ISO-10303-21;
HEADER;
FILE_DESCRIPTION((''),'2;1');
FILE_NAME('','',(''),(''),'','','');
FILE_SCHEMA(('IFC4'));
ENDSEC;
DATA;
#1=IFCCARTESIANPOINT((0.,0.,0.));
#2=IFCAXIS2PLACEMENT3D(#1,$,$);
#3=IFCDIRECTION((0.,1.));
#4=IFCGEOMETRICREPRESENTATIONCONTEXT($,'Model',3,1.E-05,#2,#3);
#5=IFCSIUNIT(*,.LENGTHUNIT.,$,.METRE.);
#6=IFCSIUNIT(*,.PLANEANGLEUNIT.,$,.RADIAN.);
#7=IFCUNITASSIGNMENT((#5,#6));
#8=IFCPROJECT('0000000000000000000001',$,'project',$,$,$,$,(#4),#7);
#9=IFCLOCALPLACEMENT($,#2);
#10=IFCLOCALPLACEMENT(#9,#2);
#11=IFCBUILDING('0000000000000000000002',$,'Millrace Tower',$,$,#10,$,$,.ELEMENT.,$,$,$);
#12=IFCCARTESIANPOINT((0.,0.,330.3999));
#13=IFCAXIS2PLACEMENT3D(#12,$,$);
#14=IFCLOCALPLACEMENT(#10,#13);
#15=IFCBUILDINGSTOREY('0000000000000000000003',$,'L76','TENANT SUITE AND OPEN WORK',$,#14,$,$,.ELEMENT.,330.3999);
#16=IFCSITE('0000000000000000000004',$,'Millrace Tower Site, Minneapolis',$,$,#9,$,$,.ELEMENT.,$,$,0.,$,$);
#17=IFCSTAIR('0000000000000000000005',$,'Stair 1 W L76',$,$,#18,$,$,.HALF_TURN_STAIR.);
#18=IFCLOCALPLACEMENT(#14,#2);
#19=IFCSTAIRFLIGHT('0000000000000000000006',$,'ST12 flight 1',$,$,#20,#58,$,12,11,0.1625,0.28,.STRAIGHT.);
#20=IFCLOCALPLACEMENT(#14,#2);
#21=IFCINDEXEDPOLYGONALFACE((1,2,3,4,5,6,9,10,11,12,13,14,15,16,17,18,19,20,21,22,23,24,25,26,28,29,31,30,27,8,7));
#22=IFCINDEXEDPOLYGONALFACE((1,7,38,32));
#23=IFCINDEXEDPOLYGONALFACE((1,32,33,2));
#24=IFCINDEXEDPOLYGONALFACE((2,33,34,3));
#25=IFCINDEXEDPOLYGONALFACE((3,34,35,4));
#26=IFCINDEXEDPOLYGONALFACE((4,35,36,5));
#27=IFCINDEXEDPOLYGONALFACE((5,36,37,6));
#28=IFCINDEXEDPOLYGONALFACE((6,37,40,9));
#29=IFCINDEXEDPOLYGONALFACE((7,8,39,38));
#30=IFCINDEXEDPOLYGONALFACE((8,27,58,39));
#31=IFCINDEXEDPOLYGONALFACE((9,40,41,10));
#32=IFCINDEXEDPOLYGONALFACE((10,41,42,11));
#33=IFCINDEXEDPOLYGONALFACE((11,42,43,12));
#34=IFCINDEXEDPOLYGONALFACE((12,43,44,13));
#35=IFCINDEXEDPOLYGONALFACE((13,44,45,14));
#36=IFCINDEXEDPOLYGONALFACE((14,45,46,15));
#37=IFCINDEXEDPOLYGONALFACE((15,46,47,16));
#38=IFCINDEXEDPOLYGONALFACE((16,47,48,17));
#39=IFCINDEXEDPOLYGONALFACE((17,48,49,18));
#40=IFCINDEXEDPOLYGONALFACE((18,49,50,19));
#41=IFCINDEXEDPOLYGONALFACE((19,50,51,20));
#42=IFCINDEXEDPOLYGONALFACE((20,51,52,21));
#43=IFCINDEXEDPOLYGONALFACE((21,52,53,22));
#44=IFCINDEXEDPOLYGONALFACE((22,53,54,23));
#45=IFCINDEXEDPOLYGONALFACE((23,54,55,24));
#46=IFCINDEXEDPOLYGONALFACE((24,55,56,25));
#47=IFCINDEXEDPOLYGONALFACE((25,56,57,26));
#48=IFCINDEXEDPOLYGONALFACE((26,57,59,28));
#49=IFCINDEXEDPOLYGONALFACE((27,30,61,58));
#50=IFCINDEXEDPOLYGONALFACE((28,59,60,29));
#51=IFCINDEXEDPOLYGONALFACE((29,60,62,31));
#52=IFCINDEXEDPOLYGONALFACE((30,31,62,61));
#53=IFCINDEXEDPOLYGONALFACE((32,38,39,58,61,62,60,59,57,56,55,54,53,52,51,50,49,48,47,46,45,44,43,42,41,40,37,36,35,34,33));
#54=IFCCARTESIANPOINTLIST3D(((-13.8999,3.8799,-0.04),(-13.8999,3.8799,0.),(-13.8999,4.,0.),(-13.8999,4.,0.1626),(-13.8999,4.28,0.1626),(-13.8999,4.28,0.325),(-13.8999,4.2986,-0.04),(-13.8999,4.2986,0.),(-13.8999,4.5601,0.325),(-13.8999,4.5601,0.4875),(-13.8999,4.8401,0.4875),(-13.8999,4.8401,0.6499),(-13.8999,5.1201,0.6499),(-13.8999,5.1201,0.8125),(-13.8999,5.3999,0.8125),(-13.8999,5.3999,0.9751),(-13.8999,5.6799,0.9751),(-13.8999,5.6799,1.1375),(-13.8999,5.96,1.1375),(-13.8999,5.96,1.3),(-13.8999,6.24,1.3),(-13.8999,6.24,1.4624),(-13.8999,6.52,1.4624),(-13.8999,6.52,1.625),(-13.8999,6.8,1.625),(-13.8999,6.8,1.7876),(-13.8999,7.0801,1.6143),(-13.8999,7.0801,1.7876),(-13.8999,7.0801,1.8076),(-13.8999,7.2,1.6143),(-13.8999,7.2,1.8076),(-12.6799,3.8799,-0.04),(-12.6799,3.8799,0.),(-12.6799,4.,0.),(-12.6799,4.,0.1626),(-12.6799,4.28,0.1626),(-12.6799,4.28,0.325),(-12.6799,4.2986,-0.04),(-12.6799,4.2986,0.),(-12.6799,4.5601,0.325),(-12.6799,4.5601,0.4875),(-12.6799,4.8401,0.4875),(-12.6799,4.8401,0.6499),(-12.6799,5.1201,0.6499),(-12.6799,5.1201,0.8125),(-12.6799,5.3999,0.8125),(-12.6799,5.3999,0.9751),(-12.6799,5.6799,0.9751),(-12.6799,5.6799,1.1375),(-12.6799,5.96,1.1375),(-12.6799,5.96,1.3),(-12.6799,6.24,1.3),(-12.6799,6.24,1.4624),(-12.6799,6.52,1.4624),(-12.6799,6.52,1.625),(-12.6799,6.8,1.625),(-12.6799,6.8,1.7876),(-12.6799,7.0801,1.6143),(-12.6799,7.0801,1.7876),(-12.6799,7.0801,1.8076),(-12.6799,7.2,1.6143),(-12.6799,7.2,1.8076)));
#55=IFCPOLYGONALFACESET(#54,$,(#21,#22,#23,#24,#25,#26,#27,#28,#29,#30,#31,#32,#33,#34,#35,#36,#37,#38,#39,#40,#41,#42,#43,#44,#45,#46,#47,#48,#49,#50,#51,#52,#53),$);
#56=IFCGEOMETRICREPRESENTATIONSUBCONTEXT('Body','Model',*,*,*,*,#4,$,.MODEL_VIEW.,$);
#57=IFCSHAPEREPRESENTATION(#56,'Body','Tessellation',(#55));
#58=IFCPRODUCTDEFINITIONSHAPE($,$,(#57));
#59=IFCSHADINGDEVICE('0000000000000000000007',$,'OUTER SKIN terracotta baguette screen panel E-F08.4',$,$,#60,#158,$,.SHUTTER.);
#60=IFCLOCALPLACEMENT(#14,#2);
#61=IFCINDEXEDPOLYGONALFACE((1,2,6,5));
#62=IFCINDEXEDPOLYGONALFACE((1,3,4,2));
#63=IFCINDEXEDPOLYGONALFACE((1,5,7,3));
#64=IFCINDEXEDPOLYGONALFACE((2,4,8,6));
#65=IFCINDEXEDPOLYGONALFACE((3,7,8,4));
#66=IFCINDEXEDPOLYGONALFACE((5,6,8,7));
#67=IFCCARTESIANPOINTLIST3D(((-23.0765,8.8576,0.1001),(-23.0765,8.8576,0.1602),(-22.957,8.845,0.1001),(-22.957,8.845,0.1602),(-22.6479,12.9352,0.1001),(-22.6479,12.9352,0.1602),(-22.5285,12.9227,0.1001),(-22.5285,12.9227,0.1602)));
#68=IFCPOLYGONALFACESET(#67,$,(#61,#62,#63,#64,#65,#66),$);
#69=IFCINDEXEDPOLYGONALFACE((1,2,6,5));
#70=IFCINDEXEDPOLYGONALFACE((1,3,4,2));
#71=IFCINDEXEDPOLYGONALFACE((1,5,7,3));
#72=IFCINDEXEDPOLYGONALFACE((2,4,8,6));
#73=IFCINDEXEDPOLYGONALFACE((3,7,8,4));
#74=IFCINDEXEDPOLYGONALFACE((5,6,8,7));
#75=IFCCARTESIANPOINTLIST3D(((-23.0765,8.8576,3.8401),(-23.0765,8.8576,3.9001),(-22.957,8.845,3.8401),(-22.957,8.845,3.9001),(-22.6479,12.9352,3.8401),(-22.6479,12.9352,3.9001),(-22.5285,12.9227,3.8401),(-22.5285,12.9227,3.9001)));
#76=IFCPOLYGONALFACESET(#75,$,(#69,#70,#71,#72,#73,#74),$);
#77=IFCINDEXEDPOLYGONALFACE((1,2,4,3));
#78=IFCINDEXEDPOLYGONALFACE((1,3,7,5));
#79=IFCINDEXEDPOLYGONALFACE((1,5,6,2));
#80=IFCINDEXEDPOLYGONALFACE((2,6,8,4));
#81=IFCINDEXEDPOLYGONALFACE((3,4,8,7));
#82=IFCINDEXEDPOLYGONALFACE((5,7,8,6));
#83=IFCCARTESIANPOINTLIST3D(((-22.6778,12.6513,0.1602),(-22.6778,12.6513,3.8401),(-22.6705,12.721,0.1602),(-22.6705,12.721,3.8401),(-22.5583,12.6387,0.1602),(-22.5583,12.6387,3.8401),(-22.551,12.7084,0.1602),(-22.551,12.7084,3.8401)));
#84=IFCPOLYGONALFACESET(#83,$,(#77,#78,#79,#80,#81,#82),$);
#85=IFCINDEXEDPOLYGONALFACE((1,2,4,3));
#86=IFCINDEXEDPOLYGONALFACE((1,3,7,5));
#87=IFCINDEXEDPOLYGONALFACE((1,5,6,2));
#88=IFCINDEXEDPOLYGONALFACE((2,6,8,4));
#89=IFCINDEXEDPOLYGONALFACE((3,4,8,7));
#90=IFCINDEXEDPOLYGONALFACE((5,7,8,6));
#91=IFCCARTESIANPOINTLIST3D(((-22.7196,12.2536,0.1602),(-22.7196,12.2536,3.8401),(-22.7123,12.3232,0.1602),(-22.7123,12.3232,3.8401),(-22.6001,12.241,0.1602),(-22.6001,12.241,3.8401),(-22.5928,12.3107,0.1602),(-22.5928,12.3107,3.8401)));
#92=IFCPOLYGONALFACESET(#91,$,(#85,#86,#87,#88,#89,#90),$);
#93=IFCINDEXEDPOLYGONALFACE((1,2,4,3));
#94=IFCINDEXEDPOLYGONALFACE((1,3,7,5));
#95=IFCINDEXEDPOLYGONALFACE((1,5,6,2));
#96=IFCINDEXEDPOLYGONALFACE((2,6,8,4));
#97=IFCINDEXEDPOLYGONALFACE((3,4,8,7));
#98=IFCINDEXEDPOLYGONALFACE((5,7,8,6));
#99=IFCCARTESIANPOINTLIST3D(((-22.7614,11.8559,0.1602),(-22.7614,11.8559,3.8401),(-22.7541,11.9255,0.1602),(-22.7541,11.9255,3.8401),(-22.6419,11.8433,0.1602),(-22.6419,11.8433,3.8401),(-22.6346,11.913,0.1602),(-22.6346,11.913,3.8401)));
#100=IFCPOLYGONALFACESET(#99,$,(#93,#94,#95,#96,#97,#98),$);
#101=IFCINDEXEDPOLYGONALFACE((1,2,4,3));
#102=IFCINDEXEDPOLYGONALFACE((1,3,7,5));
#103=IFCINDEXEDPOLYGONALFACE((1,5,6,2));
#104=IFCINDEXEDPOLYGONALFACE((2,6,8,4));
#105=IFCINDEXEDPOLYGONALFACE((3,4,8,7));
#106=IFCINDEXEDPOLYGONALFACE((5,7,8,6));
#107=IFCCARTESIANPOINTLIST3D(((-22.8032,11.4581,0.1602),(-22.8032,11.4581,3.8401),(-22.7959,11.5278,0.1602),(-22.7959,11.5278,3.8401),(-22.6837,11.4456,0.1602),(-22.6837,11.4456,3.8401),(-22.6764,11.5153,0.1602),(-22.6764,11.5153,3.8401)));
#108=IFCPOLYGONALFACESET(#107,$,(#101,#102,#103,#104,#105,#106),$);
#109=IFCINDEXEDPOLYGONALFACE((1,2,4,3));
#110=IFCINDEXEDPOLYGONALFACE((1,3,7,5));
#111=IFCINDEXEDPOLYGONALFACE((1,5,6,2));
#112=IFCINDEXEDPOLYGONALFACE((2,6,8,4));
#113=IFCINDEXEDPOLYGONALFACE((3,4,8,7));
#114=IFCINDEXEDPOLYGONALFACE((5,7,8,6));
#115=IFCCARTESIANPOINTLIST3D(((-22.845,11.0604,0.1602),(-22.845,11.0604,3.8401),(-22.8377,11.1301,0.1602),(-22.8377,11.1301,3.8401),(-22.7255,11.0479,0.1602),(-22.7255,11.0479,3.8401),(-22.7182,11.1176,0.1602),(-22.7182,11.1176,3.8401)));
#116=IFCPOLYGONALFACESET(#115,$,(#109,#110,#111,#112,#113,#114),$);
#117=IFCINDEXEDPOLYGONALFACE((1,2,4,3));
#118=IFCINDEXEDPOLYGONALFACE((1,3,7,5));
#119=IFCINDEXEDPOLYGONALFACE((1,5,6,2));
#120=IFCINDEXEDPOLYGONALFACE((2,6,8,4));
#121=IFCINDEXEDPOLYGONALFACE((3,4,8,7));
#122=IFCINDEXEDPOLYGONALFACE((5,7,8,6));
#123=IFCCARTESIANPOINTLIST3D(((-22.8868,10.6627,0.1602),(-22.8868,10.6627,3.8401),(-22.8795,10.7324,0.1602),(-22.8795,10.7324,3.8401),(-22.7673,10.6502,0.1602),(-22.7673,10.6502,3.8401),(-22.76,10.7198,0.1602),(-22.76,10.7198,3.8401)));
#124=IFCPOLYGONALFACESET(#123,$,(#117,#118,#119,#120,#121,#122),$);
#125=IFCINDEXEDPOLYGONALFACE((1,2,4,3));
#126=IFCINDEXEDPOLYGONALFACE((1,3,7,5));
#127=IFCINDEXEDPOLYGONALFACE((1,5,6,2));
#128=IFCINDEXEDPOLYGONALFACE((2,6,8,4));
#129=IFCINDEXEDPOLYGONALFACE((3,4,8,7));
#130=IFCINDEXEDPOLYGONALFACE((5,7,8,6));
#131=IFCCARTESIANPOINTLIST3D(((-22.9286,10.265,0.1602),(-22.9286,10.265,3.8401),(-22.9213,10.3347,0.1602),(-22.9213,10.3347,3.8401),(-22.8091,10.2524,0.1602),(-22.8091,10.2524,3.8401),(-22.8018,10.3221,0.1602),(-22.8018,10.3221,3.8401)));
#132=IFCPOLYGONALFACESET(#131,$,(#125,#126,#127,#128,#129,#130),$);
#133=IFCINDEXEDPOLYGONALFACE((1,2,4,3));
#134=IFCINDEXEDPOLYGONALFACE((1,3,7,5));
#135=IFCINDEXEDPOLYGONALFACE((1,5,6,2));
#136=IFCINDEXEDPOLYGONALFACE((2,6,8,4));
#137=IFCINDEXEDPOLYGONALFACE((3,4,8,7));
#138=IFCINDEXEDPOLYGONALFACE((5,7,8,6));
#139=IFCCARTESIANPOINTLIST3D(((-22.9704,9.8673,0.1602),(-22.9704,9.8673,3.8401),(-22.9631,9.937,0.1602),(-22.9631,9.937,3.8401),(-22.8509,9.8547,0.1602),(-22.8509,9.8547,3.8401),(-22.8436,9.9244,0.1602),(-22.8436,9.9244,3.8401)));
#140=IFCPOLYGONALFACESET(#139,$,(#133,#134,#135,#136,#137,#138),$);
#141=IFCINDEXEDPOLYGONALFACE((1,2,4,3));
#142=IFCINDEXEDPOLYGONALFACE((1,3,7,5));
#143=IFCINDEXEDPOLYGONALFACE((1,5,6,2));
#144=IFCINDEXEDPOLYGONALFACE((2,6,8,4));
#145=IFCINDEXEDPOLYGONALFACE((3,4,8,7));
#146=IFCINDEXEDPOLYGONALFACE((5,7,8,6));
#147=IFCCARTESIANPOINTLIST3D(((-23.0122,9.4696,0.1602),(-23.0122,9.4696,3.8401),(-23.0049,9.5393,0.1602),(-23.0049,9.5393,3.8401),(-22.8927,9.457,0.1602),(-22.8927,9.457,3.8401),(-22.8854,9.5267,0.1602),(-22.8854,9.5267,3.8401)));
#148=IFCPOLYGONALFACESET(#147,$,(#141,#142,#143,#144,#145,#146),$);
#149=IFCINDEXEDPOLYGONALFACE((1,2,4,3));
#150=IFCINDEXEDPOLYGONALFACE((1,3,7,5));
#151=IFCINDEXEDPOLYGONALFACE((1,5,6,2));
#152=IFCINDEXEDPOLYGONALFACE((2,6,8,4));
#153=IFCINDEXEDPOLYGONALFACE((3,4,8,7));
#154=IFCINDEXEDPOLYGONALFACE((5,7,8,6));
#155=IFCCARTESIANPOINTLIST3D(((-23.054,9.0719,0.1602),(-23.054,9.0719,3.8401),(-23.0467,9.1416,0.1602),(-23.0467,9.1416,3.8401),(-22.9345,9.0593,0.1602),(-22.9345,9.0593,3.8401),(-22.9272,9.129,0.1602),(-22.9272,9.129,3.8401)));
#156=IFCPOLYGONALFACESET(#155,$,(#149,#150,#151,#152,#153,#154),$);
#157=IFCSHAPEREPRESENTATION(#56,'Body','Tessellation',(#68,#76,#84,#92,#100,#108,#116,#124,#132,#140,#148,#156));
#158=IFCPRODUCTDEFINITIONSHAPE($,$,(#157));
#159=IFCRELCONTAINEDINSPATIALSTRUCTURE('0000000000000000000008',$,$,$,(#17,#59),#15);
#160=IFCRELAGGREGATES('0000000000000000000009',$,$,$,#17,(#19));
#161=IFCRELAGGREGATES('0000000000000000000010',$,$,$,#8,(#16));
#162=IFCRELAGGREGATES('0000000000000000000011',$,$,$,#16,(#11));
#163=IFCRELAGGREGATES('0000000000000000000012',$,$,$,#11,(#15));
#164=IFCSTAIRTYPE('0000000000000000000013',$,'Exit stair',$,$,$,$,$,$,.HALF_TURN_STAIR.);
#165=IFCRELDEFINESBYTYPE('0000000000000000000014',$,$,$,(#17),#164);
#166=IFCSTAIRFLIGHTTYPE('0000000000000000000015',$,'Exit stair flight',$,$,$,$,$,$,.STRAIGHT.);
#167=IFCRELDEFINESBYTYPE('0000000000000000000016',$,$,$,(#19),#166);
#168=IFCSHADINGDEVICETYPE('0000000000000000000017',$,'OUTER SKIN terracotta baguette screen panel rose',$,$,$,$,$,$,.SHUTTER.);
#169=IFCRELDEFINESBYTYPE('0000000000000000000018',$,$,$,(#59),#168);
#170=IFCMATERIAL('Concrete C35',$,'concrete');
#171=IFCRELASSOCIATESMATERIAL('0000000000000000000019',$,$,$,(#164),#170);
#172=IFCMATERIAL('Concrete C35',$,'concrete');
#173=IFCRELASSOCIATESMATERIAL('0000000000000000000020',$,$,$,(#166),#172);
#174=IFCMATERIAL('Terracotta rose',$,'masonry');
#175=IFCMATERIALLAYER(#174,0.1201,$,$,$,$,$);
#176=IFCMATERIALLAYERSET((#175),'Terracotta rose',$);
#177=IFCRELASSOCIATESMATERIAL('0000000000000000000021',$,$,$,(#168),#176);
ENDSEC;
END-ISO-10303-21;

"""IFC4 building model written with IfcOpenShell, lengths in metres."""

from ifc_helpers import new_model, entity, si_unit, direction, frame, frame_2d, origin, place, context, subcontext, project, spatial, polyline, rectangle, outline, extrude, source, transform, mapped, material, layer, layer_set, type_object, element, aggregate, save


model = new_model("IFC4")

# Units and contexts
model_context = context("Model", 3, precision=1e-05, world=origin(), true_north=direction((0.0, 1.0)))
body_context = subcontext(model_context, "Body", "Model", "MODEL_VIEW")
ifc_project = project(units=[si_unit("LENGTHUNIT", "METRE"), si_unit("PLANEANGLEUNIT", "RADIAN")], contexts=[model_context])

# Site, building, storey
site_placement = place(None, origin())
site = spatial("IfcSite", under=ifc_project, at=site_placement, Name="Millrace Tower Site, Minneapolis", CompositionType="ELEMENT", RefElevation=0.0)
building_placement = place(site_placement, origin())
building = spatial("IfcBuilding", under=site, at=building_placement, Name="Millrace Tower", CompositionType="ELEMENT")
storey_placement = place(building_placement, frame((0.0, 0.0, 330.3999)))
storey = spatial("IfcBuildingStorey", under=building, at=storey_placement, Name="L76", Description="TENANT SUITE AND OPEN WORK", CompositionType="ELEMENT", Elevation=330.3999)

# Shared definitions
placement = place(storey_placement, origin())

# Stair, stair flight
ifc_material_1 = material(Name="Concrete C35", Category="concrete")
stair_type = type_object("IfcStairType", Name="Exit stair", PredefinedType="HALF_TURN_STAIR", material=ifc_material_1)
stair = element("IfcStair", 1, at=placement, inside=storey, type_object=stair_type, Name="Stair 1 W L76", PredefinedType="HALF_TURN_STAIR")
ifc_material_2 = material(Name="Concrete C35", Category="concrete")
stair_flight_type = type_object("IfcStairFlightType", Name="Exit stair flight", PredefinedType="STRAIGHT", material=ifc_material_2)
stair_flight_placement = place(storey_placement, frame((-13.29, 4.0, 0.0), z_axis=(0.0, 0.0, 1.0), x_axis=(0.0, 1.0, 0.0)))
stair_flight = element("IfcStairFlight", 2, at=stair_flight_placement, type_object=stair_flight_type, Name="ST12 flight 1", NumberOfRisers=12, NumberOfTreads=11, PredefinedType="STRAIGHT", RiserHeight=0.1625, TreadLength=0.28, context=body_context, shape_type="SweptSolid", body=[
    extrude(outline(polyline([(-0.1201, -0.04), (-0.1201, 0.0), (0.0, 0.0), (0.0, 0.1626), (0.28, 0.1626), (0.28, 0.325), (0.5601, 0.325), (0.5601, 0.4875), (0.8401, 0.4875), (0.8401, 0.6499), (1.1201, 0.6499), (1.1201, 0.8125), (1.3999, 0.8125), (1.3999, 0.9751), (1.6799, 0.9751), (1.6799, 1.1375), (1.96, 1.1375), (1.96, 1.3), (2.24, 1.3), (2.24, 1.4624), (2.52, 1.4624), (2.52, 1.625), (2.8, 1.625), (2.8, 1.7876), (3.0801, 1.7876), (3.0801, 1.8076), (3.2, 1.8076), (3.2, 1.6143), (3.0801, 1.6143), (0.2986, 0.0), (0.2986, -0.04), (-0.1201, -0.04)])), frame((0.0, 0.6099, 0.0), z_axis=(0.0, -1.0, 0.0), x_axis=(1.0, 0.0, 0.0)), (0.0, 0.0, 1.0), 1.22),
])
aggregate(stair, [stair_flight])

# Shading device
ifc_material_3 = material(Name="Terracotta rose", Category="masonry")
ifc_layer_1 = layer(ifc_material_3, 0.1201)
ifc_layer_set_1 = layer_set([ifc_layer_1], Name="Terracotta rose")
shading_device_type = type_object("IfcShadingDeviceType", Name="OUTER SKIN terracotta baguette screen panel rose", PredefinedType="SHUTTER", material=ifc_layer_set_1)
cartesian_point = entity("IfcCartesianPoint", [-2.05, 0.0601])
shared_polyline = entity("IfcPolyline", [cartesian_point, entity("IfcCartesianPoint", [2.05, 0.0601]), entity("IfcCartesianPoint", [2.05, -0.0601]), entity("IfcCartesianPoint", [-2.05, -0.0601]), cartesian_point])
shared_shape = source(origin(), body_context, "Body", "SweptSolid", [
    entity("IfcExtrudedAreaSolid", entity("IfcArbitraryClosedProfileDef", "AREA", None, shared_polyline), entity("IfcAxis2Placement3D", entity("IfcCartesianPoint", [0.0, 0.0, 0.0])), entity("IfcDirection", [0.0, 0.0, 1.0]), 0.0601),
    entity("IfcExtrudedAreaSolid", entity("IfcArbitraryClosedProfileDef", "AREA", None, shared_polyline), entity("IfcAxis2Placement3D", entity("IfcCartesianPoint", [0.0, 0.0, 3.74])), entity("IfcDirection", [0.0, 0.0, 1.0]), 0.0601),
    extrude(rectangle(XDim=0.0701, YDim=0.1201, at=frame_2d((-1.7996, 0.0))), frame((0.0, 0.0, 0.0601)), (0.0, 0.0, 1.0), 3.6799),
    extrude(rectangle(XDim=0.0701, YDim=0.1201, at=frame_2d((-1.3997, 0.0))), frame((0.0, 0.0, 0.0601)), (0.0, 0.0, 1.0), 3.6799),
    extrude(rectangle(XDim=0.0701, YDim=0.1201, at=frame_2d((-0.9998, 0.0))), frame((0.0, 0.0, 0.0601)), (0.0, 0.0, 1.0), 3.6799),
    extrude(rectangle(XDim=0.0701, YDim=0.1201, at=frame_2d((-0.5999, 0.0))), frame((0.0, 0.0, 0.0601)), (0.0, 0.0, 1.0), 3.6799),
    extrude(rectangle(XDim=0.0701, YDim=0.1201, at=frame_2d((-0.2, 0.0))), frame((0.0, 0.0, 0.0601)), (0.0, 0.0, 1.0), 3.6799),
    extrude(rectangle(XDim=0.0701, YDim=0.1201, at=frame_2d((0.2, 0.0))), frame((0.0, 0.0, 0.0601)), (0.0, 0.0, 1.0), 3.6799),
    extrude(rectangle(XDim=0.0701, YDim=0.1201, at=frame_2d((0.5999, 0.0))), frame((0.0, 0.0, 0.0601)), (0.0, 0.0, 1.0), 3.6799),
    extrude(rectangle(XDim=0.0701, YDim=0.1201, at=frame_2d((0.9998, 0.0))), frame((0.0, 0.0, 0.0601)), (0.0, 0.0, 1.0), 3.6799),
    extrude(rectangle(XDim=0.0701, YDim=0.1201, at=frame_2d((1.3997, 0.0))), frame((0.0, 0.0, 0.0601)), (0.0, 0.0, 1.0), 3.6799),
    extrude(rectangle(XDim=0.0701, YDim=0.1201, at=frame_2d((1.7996, 0.0))), frame((0.0, 0.0, 0.0601)), (0.0, 0.0, 1.0), 3.6799),
])
for number, where, z_axis, x_axis, name in (
    (3, (-22.8025, 10.8901, 0.1001), (0.0, 0.0, 1.0), (-0.104528, -0.994522, 0.0), "OUTER SKIN terracotta baguette screen panel E-F08.4"),
):
    element("IfcShadingDevice", number, at=place(storey_placement, frame(where, z_axis=z_axis, x_axis=x_axis)), inside=storey, type_object=shading_device_type, Name=name, PredefinedType="SHUTTER", context=body_context, shape_type="MappedRepresentation", body=[
        mapped(shared_shape, transform((0.0, 0.0, 0.0), scale=1.0)),
    ])

save(model, "model.ifc")
